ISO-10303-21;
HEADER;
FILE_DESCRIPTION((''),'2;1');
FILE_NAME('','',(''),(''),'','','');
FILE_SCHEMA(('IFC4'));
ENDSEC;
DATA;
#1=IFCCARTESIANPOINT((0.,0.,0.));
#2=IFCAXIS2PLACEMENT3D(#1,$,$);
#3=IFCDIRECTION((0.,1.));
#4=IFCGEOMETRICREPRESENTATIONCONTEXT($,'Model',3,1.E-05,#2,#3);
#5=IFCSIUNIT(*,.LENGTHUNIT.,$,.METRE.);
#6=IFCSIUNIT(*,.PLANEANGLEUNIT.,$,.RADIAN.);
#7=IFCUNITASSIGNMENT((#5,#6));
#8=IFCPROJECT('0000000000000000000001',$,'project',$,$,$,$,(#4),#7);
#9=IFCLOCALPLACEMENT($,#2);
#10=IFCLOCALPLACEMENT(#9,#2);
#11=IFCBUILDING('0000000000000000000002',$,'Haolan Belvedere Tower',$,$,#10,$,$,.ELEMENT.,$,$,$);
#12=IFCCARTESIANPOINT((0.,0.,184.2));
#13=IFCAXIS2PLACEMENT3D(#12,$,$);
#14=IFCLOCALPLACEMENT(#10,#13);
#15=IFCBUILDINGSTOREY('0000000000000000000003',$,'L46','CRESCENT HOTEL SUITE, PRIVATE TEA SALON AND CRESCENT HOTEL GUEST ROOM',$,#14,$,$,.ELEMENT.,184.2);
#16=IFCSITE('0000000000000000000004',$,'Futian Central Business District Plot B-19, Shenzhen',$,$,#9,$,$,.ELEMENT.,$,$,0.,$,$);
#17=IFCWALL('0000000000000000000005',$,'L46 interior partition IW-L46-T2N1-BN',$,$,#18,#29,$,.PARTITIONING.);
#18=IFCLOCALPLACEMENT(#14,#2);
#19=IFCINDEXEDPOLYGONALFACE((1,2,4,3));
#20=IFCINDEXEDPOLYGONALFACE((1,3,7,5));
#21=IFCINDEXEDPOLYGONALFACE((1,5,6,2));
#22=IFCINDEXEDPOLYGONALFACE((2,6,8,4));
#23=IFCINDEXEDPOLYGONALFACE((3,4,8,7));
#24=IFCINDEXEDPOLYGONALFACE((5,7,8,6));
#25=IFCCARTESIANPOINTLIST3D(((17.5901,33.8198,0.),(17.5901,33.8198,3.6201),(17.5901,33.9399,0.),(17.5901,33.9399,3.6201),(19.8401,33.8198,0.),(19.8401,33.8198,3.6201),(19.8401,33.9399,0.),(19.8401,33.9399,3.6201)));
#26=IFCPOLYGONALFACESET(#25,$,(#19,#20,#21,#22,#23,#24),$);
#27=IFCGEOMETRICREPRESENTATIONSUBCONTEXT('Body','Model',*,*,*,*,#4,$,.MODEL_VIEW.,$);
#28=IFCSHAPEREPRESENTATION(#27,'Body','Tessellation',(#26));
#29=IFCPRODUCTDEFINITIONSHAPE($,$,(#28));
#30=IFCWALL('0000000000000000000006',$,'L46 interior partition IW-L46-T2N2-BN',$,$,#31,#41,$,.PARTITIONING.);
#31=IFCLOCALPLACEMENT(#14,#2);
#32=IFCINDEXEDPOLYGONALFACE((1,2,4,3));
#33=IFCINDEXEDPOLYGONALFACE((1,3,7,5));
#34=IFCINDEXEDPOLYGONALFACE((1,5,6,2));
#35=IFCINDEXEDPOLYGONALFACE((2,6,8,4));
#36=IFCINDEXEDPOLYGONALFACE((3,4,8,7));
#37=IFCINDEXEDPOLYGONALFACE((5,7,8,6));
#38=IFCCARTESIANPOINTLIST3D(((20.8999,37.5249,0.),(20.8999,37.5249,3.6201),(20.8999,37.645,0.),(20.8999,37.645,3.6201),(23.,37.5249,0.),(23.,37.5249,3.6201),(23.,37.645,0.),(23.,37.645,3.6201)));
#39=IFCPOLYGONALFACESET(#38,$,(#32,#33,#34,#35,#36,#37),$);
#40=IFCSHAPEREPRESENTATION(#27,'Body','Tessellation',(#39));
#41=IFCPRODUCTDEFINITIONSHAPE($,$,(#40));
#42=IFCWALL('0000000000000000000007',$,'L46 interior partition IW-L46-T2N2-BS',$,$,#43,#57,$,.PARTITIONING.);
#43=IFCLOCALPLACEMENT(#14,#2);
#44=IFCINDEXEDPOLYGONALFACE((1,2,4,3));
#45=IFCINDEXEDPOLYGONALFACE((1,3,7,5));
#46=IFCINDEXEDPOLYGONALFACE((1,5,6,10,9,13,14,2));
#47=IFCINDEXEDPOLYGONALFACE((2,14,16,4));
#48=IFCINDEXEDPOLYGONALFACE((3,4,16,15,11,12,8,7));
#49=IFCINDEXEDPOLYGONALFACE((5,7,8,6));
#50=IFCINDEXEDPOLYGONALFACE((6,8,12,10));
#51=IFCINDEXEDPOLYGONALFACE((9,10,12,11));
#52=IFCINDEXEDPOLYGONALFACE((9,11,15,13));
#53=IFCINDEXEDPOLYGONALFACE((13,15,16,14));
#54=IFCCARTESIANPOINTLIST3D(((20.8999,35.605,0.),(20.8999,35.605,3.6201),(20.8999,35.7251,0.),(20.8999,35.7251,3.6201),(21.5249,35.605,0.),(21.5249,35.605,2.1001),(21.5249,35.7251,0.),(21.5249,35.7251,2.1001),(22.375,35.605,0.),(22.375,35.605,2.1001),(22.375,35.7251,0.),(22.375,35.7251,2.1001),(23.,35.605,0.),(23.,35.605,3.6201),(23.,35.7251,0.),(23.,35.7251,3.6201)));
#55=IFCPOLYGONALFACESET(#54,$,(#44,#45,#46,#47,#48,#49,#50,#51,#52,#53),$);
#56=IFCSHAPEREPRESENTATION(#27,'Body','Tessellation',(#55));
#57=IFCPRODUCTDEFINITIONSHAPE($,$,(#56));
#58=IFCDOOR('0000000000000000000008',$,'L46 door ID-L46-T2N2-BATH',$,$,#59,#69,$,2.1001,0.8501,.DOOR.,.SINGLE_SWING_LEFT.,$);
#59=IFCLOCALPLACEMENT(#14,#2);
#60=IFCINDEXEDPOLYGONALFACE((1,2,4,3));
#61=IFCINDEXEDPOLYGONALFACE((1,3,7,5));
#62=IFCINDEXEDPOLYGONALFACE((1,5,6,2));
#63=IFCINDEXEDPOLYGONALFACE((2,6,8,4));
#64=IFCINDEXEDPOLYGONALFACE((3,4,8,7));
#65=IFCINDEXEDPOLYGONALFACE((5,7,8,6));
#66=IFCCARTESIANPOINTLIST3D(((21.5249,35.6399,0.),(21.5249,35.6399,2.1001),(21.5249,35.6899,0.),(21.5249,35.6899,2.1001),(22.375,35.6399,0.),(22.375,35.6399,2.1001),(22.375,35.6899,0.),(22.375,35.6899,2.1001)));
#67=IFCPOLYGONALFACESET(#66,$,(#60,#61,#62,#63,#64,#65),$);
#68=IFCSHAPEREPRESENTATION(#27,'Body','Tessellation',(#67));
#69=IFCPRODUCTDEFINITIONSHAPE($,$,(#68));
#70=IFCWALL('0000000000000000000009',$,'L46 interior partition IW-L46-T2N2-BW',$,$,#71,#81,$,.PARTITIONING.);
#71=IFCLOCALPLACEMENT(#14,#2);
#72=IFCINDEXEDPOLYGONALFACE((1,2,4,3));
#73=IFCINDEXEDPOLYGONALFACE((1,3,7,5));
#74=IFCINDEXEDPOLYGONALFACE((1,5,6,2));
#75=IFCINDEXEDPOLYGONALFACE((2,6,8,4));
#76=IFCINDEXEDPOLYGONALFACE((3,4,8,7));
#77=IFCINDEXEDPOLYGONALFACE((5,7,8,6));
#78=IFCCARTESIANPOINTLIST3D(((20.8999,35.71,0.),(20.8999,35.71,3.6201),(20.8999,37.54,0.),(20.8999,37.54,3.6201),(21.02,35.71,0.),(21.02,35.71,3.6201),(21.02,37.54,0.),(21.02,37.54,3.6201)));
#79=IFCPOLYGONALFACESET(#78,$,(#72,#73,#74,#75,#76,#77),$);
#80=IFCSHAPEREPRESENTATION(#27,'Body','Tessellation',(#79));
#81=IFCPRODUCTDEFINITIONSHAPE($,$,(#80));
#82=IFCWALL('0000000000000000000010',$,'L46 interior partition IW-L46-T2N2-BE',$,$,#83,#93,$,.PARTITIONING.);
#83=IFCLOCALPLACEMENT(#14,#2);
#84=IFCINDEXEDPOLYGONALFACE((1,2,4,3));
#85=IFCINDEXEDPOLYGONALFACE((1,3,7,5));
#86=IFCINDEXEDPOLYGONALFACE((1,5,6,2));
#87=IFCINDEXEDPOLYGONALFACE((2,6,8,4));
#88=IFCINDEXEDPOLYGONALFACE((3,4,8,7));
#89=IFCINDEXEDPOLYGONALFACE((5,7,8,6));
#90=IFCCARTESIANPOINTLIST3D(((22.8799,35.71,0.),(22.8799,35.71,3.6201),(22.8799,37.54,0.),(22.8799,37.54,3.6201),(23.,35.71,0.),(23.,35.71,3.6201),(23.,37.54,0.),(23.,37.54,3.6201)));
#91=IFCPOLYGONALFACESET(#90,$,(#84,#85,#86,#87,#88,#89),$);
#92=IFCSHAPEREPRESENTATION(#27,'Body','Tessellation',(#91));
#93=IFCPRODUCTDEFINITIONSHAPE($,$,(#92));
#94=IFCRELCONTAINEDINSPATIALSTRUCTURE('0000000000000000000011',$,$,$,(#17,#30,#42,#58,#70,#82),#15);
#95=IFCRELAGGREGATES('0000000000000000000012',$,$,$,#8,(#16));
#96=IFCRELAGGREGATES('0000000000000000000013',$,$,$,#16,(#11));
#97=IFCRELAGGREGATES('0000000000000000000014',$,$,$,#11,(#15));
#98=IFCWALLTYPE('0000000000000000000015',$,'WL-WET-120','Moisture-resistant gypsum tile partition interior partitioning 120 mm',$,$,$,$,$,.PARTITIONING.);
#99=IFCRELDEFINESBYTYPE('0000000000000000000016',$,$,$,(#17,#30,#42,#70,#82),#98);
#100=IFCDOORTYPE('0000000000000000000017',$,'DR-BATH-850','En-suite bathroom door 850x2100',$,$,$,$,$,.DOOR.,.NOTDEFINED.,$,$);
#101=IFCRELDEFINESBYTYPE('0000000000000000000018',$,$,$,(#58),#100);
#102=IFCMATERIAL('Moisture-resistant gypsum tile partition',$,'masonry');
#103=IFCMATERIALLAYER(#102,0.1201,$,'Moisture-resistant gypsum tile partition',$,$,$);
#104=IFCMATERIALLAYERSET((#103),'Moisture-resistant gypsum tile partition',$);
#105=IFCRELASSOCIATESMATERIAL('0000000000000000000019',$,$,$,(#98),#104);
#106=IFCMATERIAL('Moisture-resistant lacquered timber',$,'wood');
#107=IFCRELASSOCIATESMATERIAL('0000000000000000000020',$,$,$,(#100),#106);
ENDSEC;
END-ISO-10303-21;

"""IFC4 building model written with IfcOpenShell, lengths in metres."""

from ifc_helpers import new_model, si_unit, direction, frame, frame_2d, origin, place, context, subcontext, project, spatial, rectangle, extrude, material, layer, layer_set, type_object, element, fill, save


model = new_model("IFC4")

# Units and contexts
model_context = context("Model", 3, precision=1e-05, world=origin(), true_north=direction((0.0, 1.0)))
body_context = subcontext(model_context, "Body", "Model", "MODEL_VIEW")
ifc_project = project(units=[si_unit("LENGTHUNIT", "METRE"), si_unit("PLANEANGLEUNIT", "RADIAN")], contexts=[model_context])

# Site, building, storey
site_placement = place(None, origin())
site = spatial("IfcSite", under=ifc_project, at=site_placement, Name="Futian Central Business District Plot B-19, Shenzhen", CompositionType="ELEMENT", RefElevation=0.0)
building_placement = place(site_placement, origin())
building = spatial("IfcBuilding", under=site, at=building_placement, Name="Haolan Belvedere Tower", CompositionType="ELEMENT")
storey_placement = place(building_placement, frame((0.0, 0.0, 184.2)))
storey = spatial("IfcBuildingStorey", under=building, at=storey_placement, Name="L46", Description="CRESCENT HOTEL SUITE, PRIVATE TEA SALON AND CRESCENT HOTEL GUEST ROOM", CompositionType="ELEMENT", Elevation=184.2)

# Walls
ifc_material_1 = material(Name="Moisture-resistant gypsum tile partition", Category="masonry")
ifc_layer_1 = layer(ifc_material_1, 0.1201, Name="Moisture-resistant gypsum tile partition")
ifc_layer_set_1 = layer_set([ifc_layer_1], Name="Moisture-resistant gypsum tile partition")
wall_type_1 = type_object("IfcWallType", Name="WL-WET-120", Description="Moisture-resistant gypsum tile partition interior partitioning 120 mm", PredefinedType="PARTITIONING", material=ifc_layer_set_1)
wall_1_placement = place(storey_placement, frame((17.5901, 33.8799, 0.0), z_axis=(0.0, 0.0, 1.0), x_axis=(1.0, 0.0, 0.0)))
element("IfcWall", 1, at=wall_1_placement, inside=storey, type_object=wall_type_1, Name="L46 interior partition IW-L46-T2N1-BN", PredefinedType="PARTITIONING", context=body_context, shape_type="SweptSolid", body=[
    extrude(rectangle(XDim=2.25, YDim=0.1201, at=frame_2d((1.125, 0.0))), origin(), (0.0, 0.0, 1.0), 3.6201),
])
wall_2_placement = place(storey_placement, frame((20.8999, 37.585, 0.0), z_axis=(0.0, 0.0, 1.0), x_axis=(1.0, 0.0, 0.0)))
element("IfcWall", 2, at=wall_2_placement, inside=storey, type_object=wall_type_1, Name="L46 interior partition IW-L46-T2N2-BN", PredefinedType="PARTITIONING", context=body_context, shape_type="SweptSolid", body=[
    extrude(rectangle(XDim=2.1001, YDim=0.1201, at=frame_2d((1.05, 0.0))), origin(), (0.0, 0.0, 1.0), 3.6201),
])

# Wall, opening, door
wall_3_placement = place(storey_placement, frame((20.8999, 35.665, 0.0), z_axis=(0.0, 0.0, 1.0), x_axis=(1.0, 0.0, 0.0)))
wall_3 = element("IfcWall", 3, at=wall_3_placement, inside=storey, type_object=wall_type_1, Name="L46 interior partition IW-L46-T2N2-BS", PredefinedType="PARTITIONING", context=body_context, shape_type="SweptSolid", body=[
    extrude(rectangle(XDim=2.1001, YDim=0.1201, at=frame_2d((1.05, 0.0))), origin(), (0.0, 0.0, 1.0), 3.6201),
])
opening_1_placement = place(wall_3_placement, frame((0.625, 0.0, 0.0)))
opening_1 = element("IfcOpeningElement", 4, at=opening_1_placement, cuts=wall_3, PredefinedType="OPENING", context=body_context, shape_type="SweptSolid", body=[
    extrude(rectangle(XDim=0.8501, YDim=2.1001, at=frame_2d((0.425, 1.05))), frame((0.0, 0.0701, 0.0), z_axis=(0.0, -1.0, 0.0), x_axis=(1.0, 0.0, 0.0)), (0.0, 0.0, 1.0), 0.1401),
])
ifc_material_2 = material(Name="Moisture-resistant lacquered timber", Category="wood")
door_type = type_object("IfcDoorType", Name="DR-BATH-850", Description="En-suite bathroom door 850x2100", OperationType="NOTDEFINED", PredefinedType="DOOR", material=ifc_material_2)
door_placement = place(opening_1_placement, origin())
door = element("IfcDoor", 5, at=door_placement, inside=storey, type_object=door_type, Name="L46 door ID-L46-T2N2-BATH", OperationType="SINGLE_SWING_LEFT", OverallHeight=2.1001, OverallWidth=0.8501, PredefinedType="DOOR", context=body_context, shape_type="SweptSolid", body=[
    extrude(rectangle(XDim=0.8501, YDim=2.1001, at=frame_2d((0.425, 1.05))), frame((0.0, 0.0249, 0.0), z_axis=(0.0, -1.0, 0.0), x_axis=(1.0, 0.0, 0.0)), (0.0, 0.0, 1.0), 0.05),
])
fill(opening_1, door)

# Walls
for number, where, z_axis, x_axis, name in (
    (6, (20.96, 35.71, 0.0), (0.0, 0.0, 1.0), (0.0, 1.0, 0.0), "L46 interior partition IW-L46-T2N2-BW"),
    (7, (22.9399, 35.71, 0.0), (0.0, 0.0, 1.0), (0.0, 1.0, 0.0), "L46 interior partition IW-L46-T2N2-BE"),
):
    element("IfcWall", number, at=place(storey_placement, frame(where, z_axis=z_axis, x_axis=x_axis)), inside=storey, type_object=wall_type_1, Name=name, PredefinedType="PARTITIONING", context=body_context, shape_type="SweptSolid", body=[
        extrude(rectangle(XDim=1.8301, YDim=0.1201, at=frame_2d((0.915, 0.0))), origin(), (0.0, 0.0, 1.0), 3.6201),
    ])

save(model, "model.ifc")
